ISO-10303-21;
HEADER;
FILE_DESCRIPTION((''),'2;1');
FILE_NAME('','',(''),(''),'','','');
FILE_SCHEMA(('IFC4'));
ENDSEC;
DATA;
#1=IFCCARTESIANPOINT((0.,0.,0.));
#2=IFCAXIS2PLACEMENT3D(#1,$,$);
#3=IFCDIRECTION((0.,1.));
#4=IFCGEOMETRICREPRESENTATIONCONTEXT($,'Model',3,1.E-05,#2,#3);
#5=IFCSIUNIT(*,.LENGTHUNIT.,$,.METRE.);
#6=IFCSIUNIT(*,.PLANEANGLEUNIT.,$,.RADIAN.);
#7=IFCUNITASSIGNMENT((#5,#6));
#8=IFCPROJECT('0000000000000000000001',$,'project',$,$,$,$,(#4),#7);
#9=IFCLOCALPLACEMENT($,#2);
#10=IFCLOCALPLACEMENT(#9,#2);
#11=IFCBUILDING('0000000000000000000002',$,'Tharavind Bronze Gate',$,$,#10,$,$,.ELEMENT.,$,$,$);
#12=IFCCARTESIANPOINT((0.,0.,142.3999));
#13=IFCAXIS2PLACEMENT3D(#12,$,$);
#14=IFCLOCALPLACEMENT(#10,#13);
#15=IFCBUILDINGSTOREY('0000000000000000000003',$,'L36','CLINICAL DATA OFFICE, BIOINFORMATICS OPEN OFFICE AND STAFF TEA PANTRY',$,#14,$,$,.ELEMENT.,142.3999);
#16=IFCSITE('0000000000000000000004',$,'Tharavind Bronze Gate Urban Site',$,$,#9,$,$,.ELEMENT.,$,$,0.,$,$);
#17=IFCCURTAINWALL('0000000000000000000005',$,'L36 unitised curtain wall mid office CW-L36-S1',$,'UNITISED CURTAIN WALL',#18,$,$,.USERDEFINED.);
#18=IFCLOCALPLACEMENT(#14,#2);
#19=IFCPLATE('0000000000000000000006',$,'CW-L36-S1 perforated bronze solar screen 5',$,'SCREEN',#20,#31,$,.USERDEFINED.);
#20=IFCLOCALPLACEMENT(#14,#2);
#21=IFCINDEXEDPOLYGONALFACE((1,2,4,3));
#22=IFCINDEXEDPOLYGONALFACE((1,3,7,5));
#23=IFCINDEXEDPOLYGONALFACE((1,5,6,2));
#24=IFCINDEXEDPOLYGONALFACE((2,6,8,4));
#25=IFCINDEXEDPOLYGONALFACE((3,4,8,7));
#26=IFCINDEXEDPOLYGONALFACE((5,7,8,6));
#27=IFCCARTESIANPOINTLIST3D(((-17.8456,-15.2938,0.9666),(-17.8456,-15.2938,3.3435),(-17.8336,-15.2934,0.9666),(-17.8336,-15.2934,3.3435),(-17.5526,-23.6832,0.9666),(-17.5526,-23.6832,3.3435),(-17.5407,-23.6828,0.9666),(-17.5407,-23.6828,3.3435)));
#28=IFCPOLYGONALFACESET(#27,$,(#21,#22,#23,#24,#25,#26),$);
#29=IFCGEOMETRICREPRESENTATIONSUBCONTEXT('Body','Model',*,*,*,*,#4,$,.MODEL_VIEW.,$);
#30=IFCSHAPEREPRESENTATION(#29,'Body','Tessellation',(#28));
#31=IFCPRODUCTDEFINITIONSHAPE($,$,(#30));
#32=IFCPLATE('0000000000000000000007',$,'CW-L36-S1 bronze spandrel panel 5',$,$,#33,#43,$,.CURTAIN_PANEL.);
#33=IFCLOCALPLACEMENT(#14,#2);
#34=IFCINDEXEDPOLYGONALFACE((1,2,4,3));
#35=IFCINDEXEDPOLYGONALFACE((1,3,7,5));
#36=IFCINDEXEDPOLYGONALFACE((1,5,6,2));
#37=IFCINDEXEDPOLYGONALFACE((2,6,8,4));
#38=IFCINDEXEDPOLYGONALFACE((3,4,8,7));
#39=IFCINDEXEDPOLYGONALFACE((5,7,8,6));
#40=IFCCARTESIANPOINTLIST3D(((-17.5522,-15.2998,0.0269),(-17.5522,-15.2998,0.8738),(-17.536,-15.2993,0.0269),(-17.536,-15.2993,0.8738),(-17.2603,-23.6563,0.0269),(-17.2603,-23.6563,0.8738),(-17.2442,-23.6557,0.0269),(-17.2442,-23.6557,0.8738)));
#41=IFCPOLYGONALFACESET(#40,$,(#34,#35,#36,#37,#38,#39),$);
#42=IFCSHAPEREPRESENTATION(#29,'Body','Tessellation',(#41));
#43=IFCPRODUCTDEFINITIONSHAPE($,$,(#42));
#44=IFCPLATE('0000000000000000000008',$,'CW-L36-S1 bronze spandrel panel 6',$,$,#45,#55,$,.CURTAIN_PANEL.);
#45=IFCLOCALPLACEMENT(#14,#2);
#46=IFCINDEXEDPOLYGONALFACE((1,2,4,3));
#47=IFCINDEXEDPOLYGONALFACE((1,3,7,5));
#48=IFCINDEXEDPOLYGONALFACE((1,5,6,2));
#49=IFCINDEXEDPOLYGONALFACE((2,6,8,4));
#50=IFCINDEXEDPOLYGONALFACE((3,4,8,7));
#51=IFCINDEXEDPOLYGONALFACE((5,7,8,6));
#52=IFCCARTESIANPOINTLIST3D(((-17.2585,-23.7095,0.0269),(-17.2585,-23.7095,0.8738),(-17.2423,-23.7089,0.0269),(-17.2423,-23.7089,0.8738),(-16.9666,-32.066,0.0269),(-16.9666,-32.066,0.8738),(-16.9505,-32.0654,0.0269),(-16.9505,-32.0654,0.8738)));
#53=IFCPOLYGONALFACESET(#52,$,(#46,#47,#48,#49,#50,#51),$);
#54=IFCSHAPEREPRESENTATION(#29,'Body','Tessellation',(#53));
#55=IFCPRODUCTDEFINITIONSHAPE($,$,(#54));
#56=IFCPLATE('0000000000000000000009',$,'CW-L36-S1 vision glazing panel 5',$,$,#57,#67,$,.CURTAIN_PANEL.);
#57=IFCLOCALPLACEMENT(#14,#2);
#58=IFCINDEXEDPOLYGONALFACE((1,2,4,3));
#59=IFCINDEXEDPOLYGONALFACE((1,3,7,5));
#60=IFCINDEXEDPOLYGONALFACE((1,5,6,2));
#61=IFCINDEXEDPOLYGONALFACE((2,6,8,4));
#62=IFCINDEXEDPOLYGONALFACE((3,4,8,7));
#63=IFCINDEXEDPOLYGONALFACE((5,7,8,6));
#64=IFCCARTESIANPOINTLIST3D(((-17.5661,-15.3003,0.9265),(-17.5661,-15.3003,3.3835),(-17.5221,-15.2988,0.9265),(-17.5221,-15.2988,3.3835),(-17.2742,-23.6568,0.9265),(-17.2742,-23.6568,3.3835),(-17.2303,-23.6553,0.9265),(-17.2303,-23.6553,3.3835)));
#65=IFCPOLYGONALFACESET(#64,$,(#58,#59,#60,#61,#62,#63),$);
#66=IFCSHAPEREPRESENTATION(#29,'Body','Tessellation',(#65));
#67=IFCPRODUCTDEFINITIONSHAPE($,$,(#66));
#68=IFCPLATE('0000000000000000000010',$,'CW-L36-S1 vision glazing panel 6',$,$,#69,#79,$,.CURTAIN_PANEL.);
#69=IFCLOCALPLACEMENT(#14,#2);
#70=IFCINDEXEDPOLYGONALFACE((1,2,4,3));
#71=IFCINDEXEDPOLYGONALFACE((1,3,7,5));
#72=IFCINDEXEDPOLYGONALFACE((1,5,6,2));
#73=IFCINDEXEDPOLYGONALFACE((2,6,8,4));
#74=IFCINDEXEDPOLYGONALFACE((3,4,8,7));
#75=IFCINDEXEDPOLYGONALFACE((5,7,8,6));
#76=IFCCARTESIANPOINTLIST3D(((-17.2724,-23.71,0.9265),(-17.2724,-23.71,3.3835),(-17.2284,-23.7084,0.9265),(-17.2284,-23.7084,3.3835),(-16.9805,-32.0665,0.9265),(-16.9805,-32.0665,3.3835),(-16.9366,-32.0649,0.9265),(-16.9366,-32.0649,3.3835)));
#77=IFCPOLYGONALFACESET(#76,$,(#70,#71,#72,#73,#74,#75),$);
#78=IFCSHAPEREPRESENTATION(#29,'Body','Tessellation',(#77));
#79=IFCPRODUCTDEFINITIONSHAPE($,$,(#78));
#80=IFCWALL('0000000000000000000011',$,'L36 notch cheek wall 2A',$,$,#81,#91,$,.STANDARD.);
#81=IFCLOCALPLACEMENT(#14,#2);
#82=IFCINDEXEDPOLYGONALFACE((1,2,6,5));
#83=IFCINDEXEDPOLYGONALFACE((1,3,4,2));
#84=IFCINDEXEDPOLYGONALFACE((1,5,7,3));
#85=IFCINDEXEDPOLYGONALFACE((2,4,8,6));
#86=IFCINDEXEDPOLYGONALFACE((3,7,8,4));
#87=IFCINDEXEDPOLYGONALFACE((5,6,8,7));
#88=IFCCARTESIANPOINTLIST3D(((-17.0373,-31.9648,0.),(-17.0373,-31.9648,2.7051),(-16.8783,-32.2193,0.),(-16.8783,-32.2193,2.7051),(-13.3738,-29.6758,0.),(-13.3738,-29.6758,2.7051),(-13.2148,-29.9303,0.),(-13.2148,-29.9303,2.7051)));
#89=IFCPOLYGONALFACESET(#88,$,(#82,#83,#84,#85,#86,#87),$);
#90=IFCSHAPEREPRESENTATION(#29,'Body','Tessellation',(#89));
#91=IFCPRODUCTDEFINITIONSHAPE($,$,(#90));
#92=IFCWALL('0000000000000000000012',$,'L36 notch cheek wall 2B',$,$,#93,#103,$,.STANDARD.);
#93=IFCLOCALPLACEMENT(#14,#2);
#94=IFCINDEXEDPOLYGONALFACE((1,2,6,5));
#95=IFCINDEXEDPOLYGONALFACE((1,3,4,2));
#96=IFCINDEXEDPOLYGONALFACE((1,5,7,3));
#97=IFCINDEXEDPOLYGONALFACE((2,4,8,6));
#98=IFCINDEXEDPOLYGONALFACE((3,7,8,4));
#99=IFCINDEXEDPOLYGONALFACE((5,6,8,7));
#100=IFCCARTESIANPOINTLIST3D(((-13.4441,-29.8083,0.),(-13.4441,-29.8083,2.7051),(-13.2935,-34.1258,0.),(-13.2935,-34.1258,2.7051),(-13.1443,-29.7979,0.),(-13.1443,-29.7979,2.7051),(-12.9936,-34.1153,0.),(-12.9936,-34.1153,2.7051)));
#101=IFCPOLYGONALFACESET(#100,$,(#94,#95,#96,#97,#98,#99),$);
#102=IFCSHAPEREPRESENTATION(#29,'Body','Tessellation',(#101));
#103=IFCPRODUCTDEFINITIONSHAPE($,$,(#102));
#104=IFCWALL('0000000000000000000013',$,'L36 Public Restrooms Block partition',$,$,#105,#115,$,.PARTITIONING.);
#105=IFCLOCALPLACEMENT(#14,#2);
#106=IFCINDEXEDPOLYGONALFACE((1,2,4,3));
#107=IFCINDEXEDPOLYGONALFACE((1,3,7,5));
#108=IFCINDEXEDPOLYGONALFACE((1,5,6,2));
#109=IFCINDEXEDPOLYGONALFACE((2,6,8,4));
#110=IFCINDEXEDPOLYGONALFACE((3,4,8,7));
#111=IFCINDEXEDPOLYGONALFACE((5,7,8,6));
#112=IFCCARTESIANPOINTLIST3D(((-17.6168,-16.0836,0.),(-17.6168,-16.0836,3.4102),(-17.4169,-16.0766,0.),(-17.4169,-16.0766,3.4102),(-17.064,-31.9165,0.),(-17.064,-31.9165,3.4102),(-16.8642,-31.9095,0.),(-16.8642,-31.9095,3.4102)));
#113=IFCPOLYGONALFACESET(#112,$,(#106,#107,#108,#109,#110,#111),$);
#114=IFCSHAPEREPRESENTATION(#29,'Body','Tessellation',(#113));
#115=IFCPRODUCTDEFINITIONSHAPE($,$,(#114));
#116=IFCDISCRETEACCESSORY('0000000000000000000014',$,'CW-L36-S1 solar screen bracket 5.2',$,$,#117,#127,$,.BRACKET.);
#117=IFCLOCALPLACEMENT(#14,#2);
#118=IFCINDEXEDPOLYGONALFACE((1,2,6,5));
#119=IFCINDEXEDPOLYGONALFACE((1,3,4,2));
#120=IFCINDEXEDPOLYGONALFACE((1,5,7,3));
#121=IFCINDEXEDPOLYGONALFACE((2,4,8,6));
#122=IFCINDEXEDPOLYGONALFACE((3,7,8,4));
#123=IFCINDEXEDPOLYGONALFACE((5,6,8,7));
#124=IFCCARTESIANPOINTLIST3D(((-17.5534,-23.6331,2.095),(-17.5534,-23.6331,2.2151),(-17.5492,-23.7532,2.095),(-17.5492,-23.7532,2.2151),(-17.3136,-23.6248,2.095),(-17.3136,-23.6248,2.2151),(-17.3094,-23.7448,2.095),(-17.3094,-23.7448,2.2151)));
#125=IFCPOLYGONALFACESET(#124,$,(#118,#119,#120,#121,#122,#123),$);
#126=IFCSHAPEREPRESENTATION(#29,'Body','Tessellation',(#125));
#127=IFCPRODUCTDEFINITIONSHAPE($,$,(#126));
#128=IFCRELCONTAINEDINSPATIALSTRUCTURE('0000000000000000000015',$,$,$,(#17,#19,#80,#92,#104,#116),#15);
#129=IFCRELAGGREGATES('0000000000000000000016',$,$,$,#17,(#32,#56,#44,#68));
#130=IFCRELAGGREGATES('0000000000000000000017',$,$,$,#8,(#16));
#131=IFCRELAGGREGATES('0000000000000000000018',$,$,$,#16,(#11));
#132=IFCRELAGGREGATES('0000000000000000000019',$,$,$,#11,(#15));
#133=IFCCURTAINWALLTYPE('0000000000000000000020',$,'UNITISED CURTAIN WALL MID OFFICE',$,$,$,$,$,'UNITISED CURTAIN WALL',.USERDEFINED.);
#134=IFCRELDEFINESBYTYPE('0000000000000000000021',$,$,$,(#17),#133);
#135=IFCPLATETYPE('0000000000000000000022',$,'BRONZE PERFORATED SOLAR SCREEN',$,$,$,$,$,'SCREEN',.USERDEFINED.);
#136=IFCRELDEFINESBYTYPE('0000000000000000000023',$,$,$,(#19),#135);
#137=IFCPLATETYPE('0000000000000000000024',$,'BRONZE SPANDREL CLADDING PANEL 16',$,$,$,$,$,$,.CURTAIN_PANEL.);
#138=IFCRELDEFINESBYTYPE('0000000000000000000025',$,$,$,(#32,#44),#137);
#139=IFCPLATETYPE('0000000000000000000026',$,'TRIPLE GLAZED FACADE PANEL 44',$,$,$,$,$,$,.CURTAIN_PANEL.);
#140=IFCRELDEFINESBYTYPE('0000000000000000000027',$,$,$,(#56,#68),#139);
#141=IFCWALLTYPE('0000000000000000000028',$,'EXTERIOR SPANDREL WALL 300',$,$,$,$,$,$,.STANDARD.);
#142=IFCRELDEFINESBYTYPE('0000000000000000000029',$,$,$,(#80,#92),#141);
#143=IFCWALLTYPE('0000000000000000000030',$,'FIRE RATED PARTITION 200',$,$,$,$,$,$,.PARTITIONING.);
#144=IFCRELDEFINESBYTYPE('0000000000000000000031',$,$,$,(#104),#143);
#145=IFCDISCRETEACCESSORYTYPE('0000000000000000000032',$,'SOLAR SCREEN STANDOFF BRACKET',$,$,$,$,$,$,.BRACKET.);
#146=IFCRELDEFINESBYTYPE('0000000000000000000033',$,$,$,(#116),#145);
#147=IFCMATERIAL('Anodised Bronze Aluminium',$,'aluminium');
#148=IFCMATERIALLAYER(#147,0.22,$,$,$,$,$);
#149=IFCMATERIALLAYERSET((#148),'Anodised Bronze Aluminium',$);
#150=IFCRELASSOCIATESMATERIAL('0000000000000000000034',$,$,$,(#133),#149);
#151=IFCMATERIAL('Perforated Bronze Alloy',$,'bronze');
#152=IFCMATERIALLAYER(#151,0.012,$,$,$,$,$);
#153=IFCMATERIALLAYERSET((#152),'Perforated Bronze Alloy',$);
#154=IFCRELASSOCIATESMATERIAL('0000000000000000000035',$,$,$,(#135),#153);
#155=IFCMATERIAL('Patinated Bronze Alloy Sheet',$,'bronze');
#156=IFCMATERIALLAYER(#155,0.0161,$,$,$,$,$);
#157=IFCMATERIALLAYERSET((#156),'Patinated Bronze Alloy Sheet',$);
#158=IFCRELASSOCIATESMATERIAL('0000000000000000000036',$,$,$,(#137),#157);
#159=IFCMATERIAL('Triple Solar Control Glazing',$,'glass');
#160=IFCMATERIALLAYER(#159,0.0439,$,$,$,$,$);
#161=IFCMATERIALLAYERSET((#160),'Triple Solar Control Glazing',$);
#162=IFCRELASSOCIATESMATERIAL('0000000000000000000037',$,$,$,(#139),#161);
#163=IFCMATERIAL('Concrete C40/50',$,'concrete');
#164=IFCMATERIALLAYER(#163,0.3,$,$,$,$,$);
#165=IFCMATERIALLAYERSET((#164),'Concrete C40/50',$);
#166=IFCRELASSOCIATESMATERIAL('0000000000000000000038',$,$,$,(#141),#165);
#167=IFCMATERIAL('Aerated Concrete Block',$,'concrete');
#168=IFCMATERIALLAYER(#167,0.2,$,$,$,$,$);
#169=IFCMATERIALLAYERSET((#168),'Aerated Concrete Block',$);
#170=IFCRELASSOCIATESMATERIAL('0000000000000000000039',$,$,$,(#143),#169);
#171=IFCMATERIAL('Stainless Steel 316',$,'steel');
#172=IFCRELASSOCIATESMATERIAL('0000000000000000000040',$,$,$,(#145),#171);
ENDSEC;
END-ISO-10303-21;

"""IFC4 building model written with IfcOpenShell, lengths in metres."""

from ifc_helpers import new_model, si_unit, direction, frame, frame_2d, origin, origin_2d, place, context, subcontext, project, spatial, rectangle, extrude, material, layer, layer_set, type_object, element, aggregate, save


model = new_model("IFC4")

# Units and contexts
model_context = context("Model", 3, precision=1e-05, world=origin(), true_north=direction((0.0, 1.0)))
body_context = subcontext(model_context, "Body", "Model", "MODEL_VIEW")
ifc_project = project(units=[si_unit("LENGTHUNIT", "METRE"), si_unit("PLANEANGLEUNIT", "RADIAN")], contexts=[model_context])

# Site, building, storey
site_placement = place(None, origin())
site = spatial("IfcSite", under=ifc_project, at=site_placement, Name="Tharavind Bronze Gate Urban Site", CompositionType="ELEMENT", RefElevation=0.0)
building_placement = place(site_placement, origin())
building = spatial("IfcBuilding", under=site, at=building_placement, Name="Tharavind Bronze Gate", CompositionType="ELEMENT")
storey_placement = place(building_placement, frame((0.0, 0.0, 142.3999)))
storey = spatial("IfcBuildingStorey", under=building, at=storey_placement, Name="L36", Description="CLINICAL DATA OFFICE, BIOINFORMATICS OPEN OFFICE AND STAFF TEA PANTRY", CompositionType="ELEMENT", Elevation=142.3999)

# Curtain wall
ifc_material_1 = material(Name="Anodised Bronze Aluminium", Category="aluminium")
ifc_layer_1 = layer(ifc_material_1, 0.22)
ifc_layer_set_1 = layer_set([ifc_layer_1], Name="Anodised Bronze Aluminium")
curtain_wall_type = type_object("IfcCurtainWallType", Name="UNITISED CURTAIN WALL MID OFFICE", ElementType="UNITISED CURTAIN WALL", PredefinedType="USERDEFINED", material=ifc_layer_set_1)
curtain_wall_1_placement = place(storey_placement, origin())
curtain_wall_1 = element("IfcCurtainWall", 1, at=curtain_wall_1_placement, inside=storey, type_object=curtain_wall_type, Name="L36 unitised curtain wall mid office CW-L36-S1", ObjectType="UNITISED CURTAIN WALL", PredefinedType="USERDEFINED")

# Plates
ifc_material_2 = material(Name="Perforated Bronze Alloy", Category="bronze")
ifc_layer_2 = layer(ifc_material_2, 0.012)
ifc_layer_set_2 = layer_set([ifc_layer_2], Name="Perforated Bronze Alloy")
plate_type_1 = type_object("IfcPlateType", Name="BRONZE PERFORATED SOLAR SCREEN", ElementType="SCREEN", PredefinedType="USERDEFINED", material=ifc_layer_set_2)
plate_1_placement = place(storey_placement, frame((-17.6931, -19.4883, 0.9666), z_axis=(0.0, 0.0, 1.0), x_axis=(0.034899, -0.999391, 0.0)))
element("IfcPlate", 2, at=plate_1_placement, inside=storey, type_object=plate_type_1, Name="CW-L36-S1 perforated bronze solar screen 5", ObjectType="SCREEN", PredefinedType="USERDEFINED", context=body_context, shape_type="SweptSolid", body=[
    extrude(rectangle(XDim=8.3945, YDim=0.012, at=origin_2d()), origin(), (0.0, 0.0, 1.0), 2.377),
])
ifc_material_3 = material(Name="Patinated Bronze Alloy Sheet", Category="bronze")
ifc_layer_3 = layer(ifc_material_3, 0.0161)
ifc_layer_set_3 = layer_set([ifc_layer_3], Name="Patinated Bronze Alloy Sheet")
plate_type_2 = type_object("IfcPlateType", Name="BRONZE SPANDREL CLADDING PANEL 16", PredefinedType="CURTAIN_PANEL", material=ifc_layer_set_3)
plate_2_placement = place(storey_placement, frame((-17.3982, -19.4778, 0.0269), z_axis=(0.0, 0.0, 1.0), x_axis=(0.034899, -0.999391, 0.0)))
plate_2 = element("IfcPlate", 3, at=plate_2_placement, type_object=plate_type_2, Name="CW-L36-S1 bronze spandrel panel 5", PredefinedType="CURTAIN_PANEL", context=body_context, shape_type="SweptSolid", body=[
    extrude(rectangle(XDim=8.3616, YDim=0.0161, at=origin_2d()), origin(), (0.0, 0.0, 1.0), 0.8469),
])
plate_3_placement = place(storey_placement, frame((-17.1045, -27.8875, 0.0269), z_axis=(0.0, 0.0, 1.0), x_axis=(0.034899, -0.999391, 0.0)))
plate_3 = element("IfcPlate", 4, at=plate_3_placement, type_object=plate_type_2, Name="CW-L36-S1 bronze spandrel panel 6", PredefinedType="CURTAIN_PANEL", context=body_context, shape_type="SweptSolid", body=[
    extrude(rectangle(XDim=8.3616, YDim=0.0161, at=origin_2d()), origin(), (0.0, 0.0, 1.0), 0.8469),
])
ifc_material_4 = material(Name="Triple Solar Control Glazing", Category="glass")
ifc_layer_4 = layer(ifc_material_4, 0.0439)
ifc_layer_set_4 = layer_set([ifc_layer_4], Name="Triple Solar Control Glazing")
plate_type_3 = type_object("IfcPlateType", Name="TRIPLE GLAZED FACADE PANEL 44", PredefinedType="CURTAIN_PANEL", material=ifc_layer_set_4)
plate_4_placement = place(storey_placement, frame((-17.3982, -19.4778, 0.9265), z_axis=(0.0, 0.0, 1.0), x_axis=(0.034899, -0.999391, 0.0)))
plate_4 = element("IfcPlate", 5, at=plate_4_placement, type_object=plate_type_3, Name="CW-L36-S1 vision glazing panel 5", PredefinedType="CURTAIN_PANEL", context=body_context, shape_type="SweptSolid", body=[
    extrude(rectangle(XDim=8.3616, YDim=0.0439, at=origin_2d()), origin(), (0.0, 0.0, 1.0), 2.457),
])
plate_5_placement = place(storey_placement, frame((-17.1045, -27.8875, 0.9265), z_axis=(0.0, 0.0, 1.0), x_axis=(0.034899, -0.999391, 0.0)))
plate_5 = element("IfcPlate", 6, at=plate_5_placement, type_object=plate_type_3, Name="CW-L36-S1 vision glazing panel 6", PredefinedType="CURTAIN_PANEL", context=body_context, shape_type="SweptSolid", body=[
    extrude(rectangle(XDim=8.3616, YDim=0.0439, at=origin_2d()), origin(), (0.0, 0.0, 1.0), 2.457),
])
aggregate(curtain_wall_1, [plate_2, plate_4, plate_3, plate_5])

# Walls
ifc_material_5 = material(Name="Concrete C40/50", Category="concrete")
ifc_layer_5 = layer(ifc_material_5, 0.3)
ifc_layer_set_5 = layer_set([ifc_layer_5], Name="Concrete C40/50")
wall_type_1 = type_object("IfcWallType", Name="EXTERIOR SPANDREL WALL 300", PredefinedType="STANDARD", material=ifc_layer_set_5)
wall_1_placement = place(storey_placement, frame((-16.9578, -32.092, 0.0), z_axis=(0.0, 0.0, 1.0), x_axis=(0.848068, 0.529887, 0.0)))
element("IfcWall", 7, at=wall_1_placement, inside=storey, type_object=wall_type_1, Name="L36 notch cheek wall 2A", PredefinedType="STANDARD", context=body_context, shape_type="SweptSolid", body=[
    extrude(rectangle(XDim=4.3198, YDim=0.3, at=frame_2d((2.1599, 0.0))), origin(), (0.0, 0.0, 1.0), 2.7051),
])
wall_2_placement = place(storey_placement, frame((-13.2942, -29.803, 0.0), z_axis=(0.0, 0.0, 1.0), x_axis=(0.034869, -0.999392, 0.0)))
element("IfcWall", 8, at=wall_2_placement, inside=storey, type_object=wall_type_1, Name="L36 notch cheek wall 2B", PredefinedType="STANDARD", context=body_context, shape_type="SweptSolid", body=[
    extrude(rectangle(XDim=4.3201, YDim=0.3, at=frame_2d((2.1602, 0.0))), origin(), (0.0, 0.0, 1.0), 2.7051),
])
ifc_material_6 = material(Name="Aerated Concrete Block", Category="concrete")
ifc_layer_6 = layer(ifc_material_6, 0.2)
ifc_layer_set_6 = layer_set([ifc_layer_6], Name="Aerated Concrete Block")
wall_type_2 = type_object("IfcWallType", Name="FIRE RATED PARTITION 200", PredefinedType="PARTITIONING", material=ifc_layer_set_6)
wall_3_placement = place(storey_placement, frame((-16.9641, -31.9131, 0.0), z_axis=(0.0, 0.0, 1.0), x_axis=(-0.03489, 0.999391, 0.0)))
element("IfcWall", 9, at=wall_3_placement, inside=storey, type_object=wall_type_2, Name="L36 Public Restrooms Block partition", PredefinedType="PARTITIONING", context=body_context, shape_type="SweptSolid", body=[
    extrude(rectangle(XDim=15.8425, YDim=0.2, at=frame_2d((7.9214, 0.0))), origin(), (0.0, 0.0, 1.0), 3.4102),
])

# Discrete accessory
ifc_material_7 = material(Name="Stainless Steel 316", Category="steel")
discrete_accessory_type = type_object("IfcDiscreteAccessoryType", Name="SOLAR SCREEN STANDOFF BRACKET", PredefinedType="BRACKET", material=ifc_material_7)
discrete_accessory_placement = place(storey_placement, frame((-17.4314, -23.689, 2.095), z_axis=(0.0, 0.0, 1.0), x_axis=(0.034899, -0.999391, 0.0)))
element("IfcDiscreteAccessory", 10, at=discrete_accessory_placement, inside=storey, type_object=discrete_accessory_type, Name="CW-L36-S1 solar screen bracket 5.2", PredefinedType="BRACKET", context=body_context, shape_type="SweptSolid", body=[
    extrude(rectangle(XDim=0.1201, YDim=0.24, at=origin_2d()), origin(), (0.0, 0.0, 1.0), 0.1201),
])

save(model, "model.ifc")
